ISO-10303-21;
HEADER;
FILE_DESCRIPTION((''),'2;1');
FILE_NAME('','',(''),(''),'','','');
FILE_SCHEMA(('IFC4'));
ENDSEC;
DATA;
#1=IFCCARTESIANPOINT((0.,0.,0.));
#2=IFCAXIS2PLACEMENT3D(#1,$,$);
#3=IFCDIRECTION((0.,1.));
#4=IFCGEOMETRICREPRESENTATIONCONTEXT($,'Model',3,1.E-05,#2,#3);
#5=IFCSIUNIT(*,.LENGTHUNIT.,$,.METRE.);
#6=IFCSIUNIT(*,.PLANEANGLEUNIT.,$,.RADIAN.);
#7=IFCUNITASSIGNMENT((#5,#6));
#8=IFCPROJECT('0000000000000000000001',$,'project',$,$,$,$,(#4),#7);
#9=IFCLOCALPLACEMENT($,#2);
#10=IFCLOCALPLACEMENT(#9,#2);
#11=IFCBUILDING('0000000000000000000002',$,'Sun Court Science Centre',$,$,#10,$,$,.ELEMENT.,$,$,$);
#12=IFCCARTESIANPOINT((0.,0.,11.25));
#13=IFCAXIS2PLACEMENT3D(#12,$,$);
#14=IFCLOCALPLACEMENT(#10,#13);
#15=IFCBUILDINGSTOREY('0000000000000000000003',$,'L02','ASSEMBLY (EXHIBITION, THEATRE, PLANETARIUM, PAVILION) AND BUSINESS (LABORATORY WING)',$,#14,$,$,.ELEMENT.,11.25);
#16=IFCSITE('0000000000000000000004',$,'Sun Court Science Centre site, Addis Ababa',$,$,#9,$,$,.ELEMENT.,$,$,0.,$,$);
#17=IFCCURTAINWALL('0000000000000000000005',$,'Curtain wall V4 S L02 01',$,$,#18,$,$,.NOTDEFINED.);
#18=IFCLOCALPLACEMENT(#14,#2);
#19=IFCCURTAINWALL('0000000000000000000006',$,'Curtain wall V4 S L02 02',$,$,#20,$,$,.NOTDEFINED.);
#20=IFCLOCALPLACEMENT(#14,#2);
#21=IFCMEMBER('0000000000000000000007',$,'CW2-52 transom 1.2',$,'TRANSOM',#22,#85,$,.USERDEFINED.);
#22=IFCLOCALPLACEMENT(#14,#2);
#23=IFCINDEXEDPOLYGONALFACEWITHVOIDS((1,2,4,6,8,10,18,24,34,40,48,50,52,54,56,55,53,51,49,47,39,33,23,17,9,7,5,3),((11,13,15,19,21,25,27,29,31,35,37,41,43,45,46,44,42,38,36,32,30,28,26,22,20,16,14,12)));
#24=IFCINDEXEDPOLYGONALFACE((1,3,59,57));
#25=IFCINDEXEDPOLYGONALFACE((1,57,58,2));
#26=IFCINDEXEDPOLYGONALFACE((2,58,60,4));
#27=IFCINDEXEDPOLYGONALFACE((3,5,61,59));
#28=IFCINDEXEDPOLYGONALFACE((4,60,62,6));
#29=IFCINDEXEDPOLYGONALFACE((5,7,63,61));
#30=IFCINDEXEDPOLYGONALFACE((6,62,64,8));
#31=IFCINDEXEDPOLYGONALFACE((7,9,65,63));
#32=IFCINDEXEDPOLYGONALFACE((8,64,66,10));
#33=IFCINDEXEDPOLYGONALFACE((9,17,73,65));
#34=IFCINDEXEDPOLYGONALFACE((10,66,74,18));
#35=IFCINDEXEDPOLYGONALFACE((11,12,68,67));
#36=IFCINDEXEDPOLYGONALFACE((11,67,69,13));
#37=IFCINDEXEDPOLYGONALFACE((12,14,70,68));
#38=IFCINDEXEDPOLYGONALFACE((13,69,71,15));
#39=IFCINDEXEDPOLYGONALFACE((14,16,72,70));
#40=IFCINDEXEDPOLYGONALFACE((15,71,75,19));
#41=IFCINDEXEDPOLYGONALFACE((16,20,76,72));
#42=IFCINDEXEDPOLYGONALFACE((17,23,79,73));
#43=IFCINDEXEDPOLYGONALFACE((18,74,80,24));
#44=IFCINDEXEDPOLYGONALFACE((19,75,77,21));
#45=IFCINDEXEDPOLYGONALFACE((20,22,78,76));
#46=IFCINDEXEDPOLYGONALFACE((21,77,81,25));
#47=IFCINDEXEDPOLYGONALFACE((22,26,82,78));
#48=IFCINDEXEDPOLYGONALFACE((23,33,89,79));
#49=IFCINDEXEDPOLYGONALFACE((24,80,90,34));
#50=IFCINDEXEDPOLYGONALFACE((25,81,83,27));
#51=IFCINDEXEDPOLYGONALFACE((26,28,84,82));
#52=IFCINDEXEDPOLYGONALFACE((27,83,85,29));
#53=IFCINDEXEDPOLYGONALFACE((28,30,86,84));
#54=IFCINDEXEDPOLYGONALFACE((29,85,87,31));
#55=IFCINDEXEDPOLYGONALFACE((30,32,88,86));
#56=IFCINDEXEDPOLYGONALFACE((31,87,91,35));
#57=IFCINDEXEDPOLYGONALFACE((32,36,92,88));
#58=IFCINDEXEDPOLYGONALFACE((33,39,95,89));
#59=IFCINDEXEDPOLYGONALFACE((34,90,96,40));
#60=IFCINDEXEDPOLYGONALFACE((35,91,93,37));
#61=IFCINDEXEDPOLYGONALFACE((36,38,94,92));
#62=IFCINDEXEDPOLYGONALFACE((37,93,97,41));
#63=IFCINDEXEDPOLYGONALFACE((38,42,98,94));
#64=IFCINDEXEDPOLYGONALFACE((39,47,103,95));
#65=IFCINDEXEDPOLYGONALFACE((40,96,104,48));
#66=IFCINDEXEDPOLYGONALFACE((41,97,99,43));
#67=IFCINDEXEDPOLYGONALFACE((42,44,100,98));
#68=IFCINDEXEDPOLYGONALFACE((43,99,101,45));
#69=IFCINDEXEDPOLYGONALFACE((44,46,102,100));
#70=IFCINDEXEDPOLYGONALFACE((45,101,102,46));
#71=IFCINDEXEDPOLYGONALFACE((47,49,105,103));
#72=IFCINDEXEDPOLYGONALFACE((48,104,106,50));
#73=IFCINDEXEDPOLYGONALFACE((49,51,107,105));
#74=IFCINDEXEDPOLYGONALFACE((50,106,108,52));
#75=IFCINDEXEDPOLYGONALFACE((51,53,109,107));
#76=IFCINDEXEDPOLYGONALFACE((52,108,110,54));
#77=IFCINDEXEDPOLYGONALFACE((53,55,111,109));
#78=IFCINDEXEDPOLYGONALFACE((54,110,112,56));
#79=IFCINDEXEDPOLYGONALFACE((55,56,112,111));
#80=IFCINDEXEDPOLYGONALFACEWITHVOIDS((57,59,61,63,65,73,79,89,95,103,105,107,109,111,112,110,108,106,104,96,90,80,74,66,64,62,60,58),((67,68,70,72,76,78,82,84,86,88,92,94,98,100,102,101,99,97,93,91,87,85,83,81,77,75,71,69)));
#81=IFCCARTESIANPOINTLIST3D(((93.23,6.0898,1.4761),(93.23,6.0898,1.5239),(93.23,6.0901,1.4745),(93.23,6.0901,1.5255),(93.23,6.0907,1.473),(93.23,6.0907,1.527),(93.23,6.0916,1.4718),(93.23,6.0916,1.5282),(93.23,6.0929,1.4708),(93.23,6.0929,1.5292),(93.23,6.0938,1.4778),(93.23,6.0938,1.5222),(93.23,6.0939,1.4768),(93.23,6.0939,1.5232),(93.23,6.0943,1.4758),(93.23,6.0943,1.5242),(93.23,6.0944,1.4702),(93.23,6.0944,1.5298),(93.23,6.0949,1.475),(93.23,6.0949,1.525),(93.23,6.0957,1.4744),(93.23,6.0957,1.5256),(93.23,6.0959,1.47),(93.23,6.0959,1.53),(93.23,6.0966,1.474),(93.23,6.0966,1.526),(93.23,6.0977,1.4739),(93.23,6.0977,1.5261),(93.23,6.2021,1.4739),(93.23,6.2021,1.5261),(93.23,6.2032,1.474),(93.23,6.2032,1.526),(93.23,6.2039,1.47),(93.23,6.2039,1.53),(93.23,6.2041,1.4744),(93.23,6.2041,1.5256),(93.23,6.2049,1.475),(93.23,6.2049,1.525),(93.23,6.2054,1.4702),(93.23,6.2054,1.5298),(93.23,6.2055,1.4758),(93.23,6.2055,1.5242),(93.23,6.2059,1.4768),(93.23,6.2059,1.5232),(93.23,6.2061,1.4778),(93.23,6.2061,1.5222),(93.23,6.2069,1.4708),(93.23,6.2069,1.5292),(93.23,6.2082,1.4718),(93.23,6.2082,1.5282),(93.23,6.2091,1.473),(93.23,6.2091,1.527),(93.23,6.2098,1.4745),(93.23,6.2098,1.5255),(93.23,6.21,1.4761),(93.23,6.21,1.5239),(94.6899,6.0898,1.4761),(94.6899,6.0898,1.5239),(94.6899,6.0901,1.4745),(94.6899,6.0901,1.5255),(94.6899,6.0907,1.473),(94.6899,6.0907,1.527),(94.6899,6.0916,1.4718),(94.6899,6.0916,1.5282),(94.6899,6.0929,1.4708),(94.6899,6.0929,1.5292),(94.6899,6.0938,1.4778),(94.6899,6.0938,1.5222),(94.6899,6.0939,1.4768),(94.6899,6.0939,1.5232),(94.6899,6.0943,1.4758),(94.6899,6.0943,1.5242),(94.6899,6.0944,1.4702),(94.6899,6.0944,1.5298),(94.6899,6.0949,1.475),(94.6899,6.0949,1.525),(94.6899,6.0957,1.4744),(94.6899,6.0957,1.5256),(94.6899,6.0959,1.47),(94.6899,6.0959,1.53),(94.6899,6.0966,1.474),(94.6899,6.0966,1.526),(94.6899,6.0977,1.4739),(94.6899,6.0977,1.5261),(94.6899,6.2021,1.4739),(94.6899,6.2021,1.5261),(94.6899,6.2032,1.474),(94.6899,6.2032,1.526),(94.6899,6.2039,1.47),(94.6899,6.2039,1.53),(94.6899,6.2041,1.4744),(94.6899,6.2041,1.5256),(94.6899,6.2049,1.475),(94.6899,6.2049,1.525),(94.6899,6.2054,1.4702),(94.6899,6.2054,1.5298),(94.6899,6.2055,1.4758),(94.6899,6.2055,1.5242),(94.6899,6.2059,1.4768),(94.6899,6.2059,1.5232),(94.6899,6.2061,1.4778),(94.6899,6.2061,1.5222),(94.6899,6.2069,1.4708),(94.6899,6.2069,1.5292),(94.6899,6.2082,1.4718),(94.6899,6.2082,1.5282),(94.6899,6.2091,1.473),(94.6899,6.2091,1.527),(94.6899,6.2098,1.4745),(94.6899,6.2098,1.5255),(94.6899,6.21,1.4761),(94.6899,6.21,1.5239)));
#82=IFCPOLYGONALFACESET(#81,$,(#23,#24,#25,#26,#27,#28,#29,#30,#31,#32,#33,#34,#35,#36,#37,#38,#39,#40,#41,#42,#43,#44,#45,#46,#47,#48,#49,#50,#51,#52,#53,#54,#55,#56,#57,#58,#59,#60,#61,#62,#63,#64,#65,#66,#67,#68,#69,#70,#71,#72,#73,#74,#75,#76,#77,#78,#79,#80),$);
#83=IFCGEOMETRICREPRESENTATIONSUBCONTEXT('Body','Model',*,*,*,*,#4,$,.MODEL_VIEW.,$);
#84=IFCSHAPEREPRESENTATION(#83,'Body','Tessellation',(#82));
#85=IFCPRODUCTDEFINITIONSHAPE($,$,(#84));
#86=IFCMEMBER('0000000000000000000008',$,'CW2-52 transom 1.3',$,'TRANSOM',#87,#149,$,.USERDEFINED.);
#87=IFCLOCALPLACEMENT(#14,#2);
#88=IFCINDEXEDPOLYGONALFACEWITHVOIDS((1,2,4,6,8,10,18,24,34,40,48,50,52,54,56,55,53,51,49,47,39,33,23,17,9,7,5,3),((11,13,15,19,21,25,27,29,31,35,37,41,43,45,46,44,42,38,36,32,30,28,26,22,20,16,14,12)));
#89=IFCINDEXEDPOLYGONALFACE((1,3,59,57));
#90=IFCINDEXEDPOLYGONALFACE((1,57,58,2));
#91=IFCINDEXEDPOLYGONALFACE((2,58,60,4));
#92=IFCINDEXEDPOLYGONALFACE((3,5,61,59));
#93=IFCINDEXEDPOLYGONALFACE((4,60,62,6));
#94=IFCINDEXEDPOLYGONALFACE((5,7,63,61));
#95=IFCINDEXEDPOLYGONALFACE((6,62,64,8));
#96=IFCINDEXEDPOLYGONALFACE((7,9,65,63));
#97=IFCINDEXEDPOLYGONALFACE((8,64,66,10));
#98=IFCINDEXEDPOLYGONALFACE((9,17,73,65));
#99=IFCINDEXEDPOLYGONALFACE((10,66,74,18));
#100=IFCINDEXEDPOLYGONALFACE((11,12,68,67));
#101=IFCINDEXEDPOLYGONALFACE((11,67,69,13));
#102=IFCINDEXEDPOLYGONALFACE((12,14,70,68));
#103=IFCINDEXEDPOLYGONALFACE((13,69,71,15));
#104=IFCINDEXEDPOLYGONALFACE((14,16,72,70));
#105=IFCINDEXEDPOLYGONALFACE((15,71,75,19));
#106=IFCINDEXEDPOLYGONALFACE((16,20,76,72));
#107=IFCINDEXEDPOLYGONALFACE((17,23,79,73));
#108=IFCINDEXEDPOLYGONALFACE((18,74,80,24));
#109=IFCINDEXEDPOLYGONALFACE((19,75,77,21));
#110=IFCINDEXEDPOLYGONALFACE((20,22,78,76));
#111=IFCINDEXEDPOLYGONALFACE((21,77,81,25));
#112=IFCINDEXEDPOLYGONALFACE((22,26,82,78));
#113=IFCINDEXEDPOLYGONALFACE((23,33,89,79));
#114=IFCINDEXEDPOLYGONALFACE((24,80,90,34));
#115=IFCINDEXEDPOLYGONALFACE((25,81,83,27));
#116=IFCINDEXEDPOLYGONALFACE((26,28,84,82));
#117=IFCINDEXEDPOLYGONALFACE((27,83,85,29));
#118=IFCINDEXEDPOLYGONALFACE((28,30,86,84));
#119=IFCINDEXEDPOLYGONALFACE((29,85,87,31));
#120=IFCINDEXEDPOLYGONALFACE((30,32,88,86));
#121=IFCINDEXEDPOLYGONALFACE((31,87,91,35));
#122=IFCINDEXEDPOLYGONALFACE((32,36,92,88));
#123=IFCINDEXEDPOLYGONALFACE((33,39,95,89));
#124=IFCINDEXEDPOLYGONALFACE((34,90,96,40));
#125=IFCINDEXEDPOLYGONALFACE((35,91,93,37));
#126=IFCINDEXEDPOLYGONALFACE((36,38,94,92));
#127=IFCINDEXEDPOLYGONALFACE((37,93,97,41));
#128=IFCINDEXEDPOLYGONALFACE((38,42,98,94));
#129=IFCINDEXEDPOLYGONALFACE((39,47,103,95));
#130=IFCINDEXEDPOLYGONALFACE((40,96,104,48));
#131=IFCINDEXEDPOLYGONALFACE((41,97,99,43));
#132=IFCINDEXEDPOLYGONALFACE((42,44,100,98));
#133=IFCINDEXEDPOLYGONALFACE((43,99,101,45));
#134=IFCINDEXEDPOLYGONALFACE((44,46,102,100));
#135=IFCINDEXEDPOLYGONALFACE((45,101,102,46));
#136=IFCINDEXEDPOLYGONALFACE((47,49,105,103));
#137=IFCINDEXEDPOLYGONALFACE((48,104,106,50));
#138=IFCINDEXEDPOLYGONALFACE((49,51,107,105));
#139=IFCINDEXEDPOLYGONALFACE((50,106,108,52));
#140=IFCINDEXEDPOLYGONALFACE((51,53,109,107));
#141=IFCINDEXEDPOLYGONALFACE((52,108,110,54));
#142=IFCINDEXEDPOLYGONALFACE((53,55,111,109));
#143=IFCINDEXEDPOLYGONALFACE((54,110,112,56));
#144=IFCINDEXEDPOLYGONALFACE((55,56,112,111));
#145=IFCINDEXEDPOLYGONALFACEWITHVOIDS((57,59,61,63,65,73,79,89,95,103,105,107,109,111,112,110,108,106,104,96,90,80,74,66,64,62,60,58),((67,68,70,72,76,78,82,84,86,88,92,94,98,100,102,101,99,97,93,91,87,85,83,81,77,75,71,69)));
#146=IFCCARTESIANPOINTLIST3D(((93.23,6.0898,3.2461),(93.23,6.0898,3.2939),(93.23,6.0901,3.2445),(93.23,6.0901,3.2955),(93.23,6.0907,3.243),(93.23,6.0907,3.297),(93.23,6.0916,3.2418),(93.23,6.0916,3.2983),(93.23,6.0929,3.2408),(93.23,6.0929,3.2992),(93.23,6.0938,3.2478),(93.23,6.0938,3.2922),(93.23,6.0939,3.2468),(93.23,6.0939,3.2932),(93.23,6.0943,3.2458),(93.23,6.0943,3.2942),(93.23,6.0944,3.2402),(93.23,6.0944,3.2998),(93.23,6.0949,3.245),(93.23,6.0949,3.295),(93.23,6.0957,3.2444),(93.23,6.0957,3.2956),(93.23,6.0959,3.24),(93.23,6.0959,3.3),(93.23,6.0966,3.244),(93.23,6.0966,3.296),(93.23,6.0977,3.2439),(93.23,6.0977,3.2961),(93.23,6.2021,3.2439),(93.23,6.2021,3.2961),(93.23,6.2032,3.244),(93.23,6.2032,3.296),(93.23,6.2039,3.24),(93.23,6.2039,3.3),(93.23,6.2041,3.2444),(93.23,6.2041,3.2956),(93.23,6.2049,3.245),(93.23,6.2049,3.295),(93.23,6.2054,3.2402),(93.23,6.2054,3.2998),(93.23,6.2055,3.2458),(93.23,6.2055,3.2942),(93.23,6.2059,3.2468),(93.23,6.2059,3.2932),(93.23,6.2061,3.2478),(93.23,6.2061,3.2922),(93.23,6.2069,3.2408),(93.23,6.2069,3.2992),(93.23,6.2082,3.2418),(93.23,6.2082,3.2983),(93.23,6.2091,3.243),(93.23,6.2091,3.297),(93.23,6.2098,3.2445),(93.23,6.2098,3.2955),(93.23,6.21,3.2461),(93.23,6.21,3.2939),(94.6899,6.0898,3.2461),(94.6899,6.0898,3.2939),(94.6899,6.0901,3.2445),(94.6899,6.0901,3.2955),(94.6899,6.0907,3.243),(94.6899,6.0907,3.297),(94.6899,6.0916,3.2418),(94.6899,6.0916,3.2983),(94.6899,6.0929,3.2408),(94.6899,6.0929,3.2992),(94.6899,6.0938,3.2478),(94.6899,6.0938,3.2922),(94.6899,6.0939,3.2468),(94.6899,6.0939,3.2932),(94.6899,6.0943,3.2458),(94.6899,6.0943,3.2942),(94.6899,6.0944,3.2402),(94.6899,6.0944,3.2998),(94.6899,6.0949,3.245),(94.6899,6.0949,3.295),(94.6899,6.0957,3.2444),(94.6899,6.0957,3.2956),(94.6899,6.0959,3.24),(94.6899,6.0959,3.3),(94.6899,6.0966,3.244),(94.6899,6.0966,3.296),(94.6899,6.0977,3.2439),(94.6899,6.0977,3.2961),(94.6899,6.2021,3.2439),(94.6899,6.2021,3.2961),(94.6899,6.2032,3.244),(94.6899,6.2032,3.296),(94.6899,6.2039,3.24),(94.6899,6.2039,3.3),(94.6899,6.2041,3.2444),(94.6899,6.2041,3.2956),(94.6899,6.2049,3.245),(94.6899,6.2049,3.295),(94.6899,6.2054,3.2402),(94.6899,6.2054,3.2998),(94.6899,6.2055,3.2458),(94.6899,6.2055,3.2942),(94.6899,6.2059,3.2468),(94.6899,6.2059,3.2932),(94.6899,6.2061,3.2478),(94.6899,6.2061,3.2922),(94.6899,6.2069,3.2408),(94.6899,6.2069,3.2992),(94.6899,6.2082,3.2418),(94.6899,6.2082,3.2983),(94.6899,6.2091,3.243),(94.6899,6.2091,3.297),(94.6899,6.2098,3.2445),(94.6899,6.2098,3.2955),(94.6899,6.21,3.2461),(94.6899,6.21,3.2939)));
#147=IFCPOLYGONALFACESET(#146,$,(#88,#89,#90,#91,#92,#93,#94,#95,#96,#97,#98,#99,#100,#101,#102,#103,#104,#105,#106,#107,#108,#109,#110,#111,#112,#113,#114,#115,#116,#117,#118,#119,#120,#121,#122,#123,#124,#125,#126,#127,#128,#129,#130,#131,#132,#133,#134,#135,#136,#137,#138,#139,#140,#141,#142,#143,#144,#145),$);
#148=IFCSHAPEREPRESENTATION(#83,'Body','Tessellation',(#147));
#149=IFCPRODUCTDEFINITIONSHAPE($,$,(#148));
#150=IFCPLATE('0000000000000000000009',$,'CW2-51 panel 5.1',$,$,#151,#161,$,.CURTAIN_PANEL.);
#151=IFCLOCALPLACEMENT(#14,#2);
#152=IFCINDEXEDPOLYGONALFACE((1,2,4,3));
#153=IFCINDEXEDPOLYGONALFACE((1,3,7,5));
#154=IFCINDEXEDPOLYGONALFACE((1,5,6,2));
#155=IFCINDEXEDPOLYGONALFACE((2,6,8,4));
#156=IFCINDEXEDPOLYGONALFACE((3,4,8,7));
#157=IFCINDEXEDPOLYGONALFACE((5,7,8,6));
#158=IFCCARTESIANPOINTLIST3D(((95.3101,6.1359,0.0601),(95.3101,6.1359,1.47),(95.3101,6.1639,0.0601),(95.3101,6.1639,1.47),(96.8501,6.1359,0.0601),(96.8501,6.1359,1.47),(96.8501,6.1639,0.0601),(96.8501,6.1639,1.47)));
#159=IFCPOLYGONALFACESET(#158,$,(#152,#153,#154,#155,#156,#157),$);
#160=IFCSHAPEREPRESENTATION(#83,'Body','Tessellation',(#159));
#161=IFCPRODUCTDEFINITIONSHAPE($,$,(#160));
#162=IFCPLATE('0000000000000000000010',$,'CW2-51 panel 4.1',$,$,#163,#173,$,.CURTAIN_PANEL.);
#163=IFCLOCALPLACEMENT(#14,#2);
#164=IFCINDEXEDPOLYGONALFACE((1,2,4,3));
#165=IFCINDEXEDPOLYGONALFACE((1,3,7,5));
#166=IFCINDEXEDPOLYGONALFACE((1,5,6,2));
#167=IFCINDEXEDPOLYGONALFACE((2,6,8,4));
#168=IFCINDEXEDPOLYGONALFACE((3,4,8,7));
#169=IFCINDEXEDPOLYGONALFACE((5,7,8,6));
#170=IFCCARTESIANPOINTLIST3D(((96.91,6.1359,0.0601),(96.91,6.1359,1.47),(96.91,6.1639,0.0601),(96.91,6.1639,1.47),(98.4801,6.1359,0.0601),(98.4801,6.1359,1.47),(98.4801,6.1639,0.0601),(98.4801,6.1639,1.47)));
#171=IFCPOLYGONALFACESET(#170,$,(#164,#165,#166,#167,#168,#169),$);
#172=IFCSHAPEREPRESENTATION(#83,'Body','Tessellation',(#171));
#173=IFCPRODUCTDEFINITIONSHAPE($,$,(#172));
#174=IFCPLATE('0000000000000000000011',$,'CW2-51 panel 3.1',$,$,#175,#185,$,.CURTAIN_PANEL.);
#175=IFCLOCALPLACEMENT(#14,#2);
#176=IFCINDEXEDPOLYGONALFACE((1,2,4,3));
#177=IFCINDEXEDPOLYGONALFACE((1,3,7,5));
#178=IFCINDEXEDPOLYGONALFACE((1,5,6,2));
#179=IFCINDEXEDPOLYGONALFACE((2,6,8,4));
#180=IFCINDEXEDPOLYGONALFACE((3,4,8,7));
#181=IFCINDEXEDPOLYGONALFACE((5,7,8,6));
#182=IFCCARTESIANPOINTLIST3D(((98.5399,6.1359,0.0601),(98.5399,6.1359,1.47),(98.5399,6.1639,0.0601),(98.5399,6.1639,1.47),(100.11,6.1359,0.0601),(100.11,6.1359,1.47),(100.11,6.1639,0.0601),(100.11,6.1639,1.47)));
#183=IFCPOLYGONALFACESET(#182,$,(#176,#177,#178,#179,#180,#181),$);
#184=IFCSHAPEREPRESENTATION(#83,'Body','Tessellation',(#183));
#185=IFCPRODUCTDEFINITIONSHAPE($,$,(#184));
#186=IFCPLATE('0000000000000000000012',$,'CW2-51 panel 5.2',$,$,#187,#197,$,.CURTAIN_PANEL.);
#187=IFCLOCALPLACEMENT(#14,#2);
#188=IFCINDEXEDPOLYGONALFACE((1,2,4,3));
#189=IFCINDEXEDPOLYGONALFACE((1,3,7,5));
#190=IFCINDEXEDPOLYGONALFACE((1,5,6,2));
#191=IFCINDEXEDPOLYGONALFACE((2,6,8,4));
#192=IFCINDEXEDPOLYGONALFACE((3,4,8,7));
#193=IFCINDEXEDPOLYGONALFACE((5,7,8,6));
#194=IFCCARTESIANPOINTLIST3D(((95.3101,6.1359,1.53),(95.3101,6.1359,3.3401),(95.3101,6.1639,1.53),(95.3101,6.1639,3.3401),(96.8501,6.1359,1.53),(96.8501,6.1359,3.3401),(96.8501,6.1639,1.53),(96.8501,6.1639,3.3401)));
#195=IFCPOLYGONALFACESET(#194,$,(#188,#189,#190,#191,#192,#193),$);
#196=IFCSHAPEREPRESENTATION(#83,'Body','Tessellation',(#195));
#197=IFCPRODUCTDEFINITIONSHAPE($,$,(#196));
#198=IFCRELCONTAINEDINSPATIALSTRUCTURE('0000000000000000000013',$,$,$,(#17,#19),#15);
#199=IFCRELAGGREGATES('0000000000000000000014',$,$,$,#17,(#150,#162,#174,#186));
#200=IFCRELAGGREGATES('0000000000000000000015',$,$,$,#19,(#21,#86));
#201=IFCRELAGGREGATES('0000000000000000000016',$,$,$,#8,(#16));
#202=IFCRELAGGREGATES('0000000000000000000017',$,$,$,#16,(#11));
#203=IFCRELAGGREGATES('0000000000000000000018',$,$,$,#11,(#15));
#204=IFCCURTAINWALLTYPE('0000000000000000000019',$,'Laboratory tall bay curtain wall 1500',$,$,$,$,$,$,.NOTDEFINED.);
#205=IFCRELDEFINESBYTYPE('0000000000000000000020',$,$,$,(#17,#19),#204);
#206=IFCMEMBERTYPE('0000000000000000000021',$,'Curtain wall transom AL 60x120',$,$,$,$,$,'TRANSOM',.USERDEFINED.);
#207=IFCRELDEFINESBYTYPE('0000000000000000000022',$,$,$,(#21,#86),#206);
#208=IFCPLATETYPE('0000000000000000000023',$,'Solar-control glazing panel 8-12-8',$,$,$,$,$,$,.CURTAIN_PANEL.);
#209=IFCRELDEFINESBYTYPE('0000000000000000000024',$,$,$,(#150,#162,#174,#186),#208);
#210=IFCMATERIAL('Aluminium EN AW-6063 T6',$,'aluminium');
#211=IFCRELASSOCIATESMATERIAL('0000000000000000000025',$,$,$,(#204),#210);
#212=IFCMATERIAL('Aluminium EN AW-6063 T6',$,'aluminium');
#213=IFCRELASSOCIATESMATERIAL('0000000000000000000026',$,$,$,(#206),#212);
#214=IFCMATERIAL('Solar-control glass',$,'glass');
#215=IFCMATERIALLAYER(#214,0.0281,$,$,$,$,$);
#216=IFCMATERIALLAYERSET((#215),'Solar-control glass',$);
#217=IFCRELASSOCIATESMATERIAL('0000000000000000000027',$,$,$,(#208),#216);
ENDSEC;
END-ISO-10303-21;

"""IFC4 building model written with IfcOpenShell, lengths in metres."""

from ifc_helpers import new_model, si_unit, direction, frame, origin, origin_2d, place, context, subcontext, project, spatial, rectangle, hollow_rectangle, extrude, material, layer, layer_set, material_profile, profile_set, type_object, element, aggregate, save


model = new_model("IFC4")

# Units and contexts
model_context = context("Model", 3, precision=1e-05, world=origin(), true_north=direction((0.0, 1.0)))
body_context = subcontext(model_context, "Body", "Model", "MODEL_VIEW")
ifc_project = project(units=[si_unit("LENGTHUNIT", "METRE"), si_unit("PLANEANGLEUNIT", "RADIAN")], contexts=[model_context])

# Site, building, storey
site_placement = place(None, origin())
site = spatial("IfcSite", under=ifc_project, at=site_placement, Name="Sun Court Science Centre site, Addis Ababa", CompositionType="ELEMENT", RefElevation=0.0)
building_placement = place(site_placement, origin())
building = spatial("IfcBuilding", under=site, at=building_placement, Name="Sun Court Science Centre", CompositionType="ELEMENT")
storey_placement = place(building_placement, frame((0.0, 0.0, 11.25)))
storey = spatial("IfcBuildingStorey", under=building, at=storey_placement, Name="L02", Description="ASSEMBLY (EXHIBITION, THEATRE, PLANETARIUM, PAVILION) AND BUSINESS (LABORATORY WING)", CompositionType="ELEMENT", Elevation=11.25)

# Curtain walls
ifc_material_1 = material(Name="Aluminium EN AW-6063 T6", Category="aluminium")
curtain_wall_type = type_object("IfcCurtainWallType", Name="Laboratory tall bay curtain wall 1500", PredefinedType="NOTDEFINED", material=ifc_material_1)
curtain_wall_1_placement = place(storey_placement, origin())
curtain_wall_1 = element("IfcCurtainWall", 1, at=curtain_wall_1_placement, inside=storey, type_object=curtain_wall_type, Name="Curtain wall V4 S L02 01", PredefinedType="NOTDEFINED")
curtain_wall_2_placement = place(storey_placement, origin())
curtain_wall_2 = element("IfcCurtainWall", 2, at=curtain_wall_2_placement, inside=storey, type_object=curtain_wall_type, Name="Curtain wall V4 S L02 02", PredefinedType="NOTDEFINED")

# Members
ifc_material_2 = material(Name="Aluminium EN AW-6063 T6", Category="aluminium")
ifc_material_profile_1 = material_profile(ifc_material_2, hollow_rectangle(XDim=0.0601, YDim=0.1201, WallThickness=0.0039, InnerFilletRadius=0.0039, OuterFilletRadius=0.0061, at=origin_2d()), Name="AL 60x120x4")
ifc_profile_set_1 = profile_set([ifc_material_profile_1], Name="Aluminium EN AW-6063 T6")
member_type_1 = type_object("IfcMemberType", Name="Curtain wall transom AL 60x120", ElementType="TRANSOM", PredefinedType="USERDEFINED", material=ifc_profile_set_1)
member_1_placement = place(storey_placement, frame((94.6899, 6.1499, 1.5), z_axis=(-1.0, 0.0, 0.0), x_axis=(0.0, 0.0, 1.0)))
member_1 = element("IfcMember", 3, at=member_1_placement, type_object=member_type_1, Name="CW2-52 transom 1.2", ObjectType="TRANSOM", PredefinedType="USERDEFINED", context=body_context, shape_type="SweptSolid", body=[
    extrude(hollow_rectangle(XDim=0.0601, YDim=0.1201, WallThickness=0.0039, InnerFilletRadius=0.0039, OuterFilletRadius=0.0061, at=origin_2d()), origin(), (0.0, 0.0, 1.0), 1.46),
])
member_2_placement = place(storey_placement, frame((94.6899, 6.1499, 3.27), z_axis=(-1.0, 0.0, 0.0), x_axis=(0.0, 0.0, 1.0)))
member_2 = element("IfcMember", 4, at=member_2_placement, type_object=member_type_1, Name="CW2-52 transom 1.3", ObjectType="TRANSOM", PredefinedType="USERDEFINED", context=body_context, shape_type="SweptSolid", body=[
    extrude(hollow_rectangle(XDim=0.0601, YDim=0.1201, WallThickness=0.0039, InnerFilletRadius=0.0039, OuterFilletRadius=0.0061, at=origin_2d()), origin(), (0.0, 0.0, 1.0), 1.46),
])

# Plates
ifc_material_3 = material(Name="Solar-control glass", Category="glass")
ifc_layer_1 = layer(ifc_material_3, 0.0281)
ifc_layer_set_1 = layer_set([ifc_layer_1], Name="Solar-control glass")
plate_type = type_object("IfcPlateType", Name="Solar-control glazing panel 8-12-8", PredefinedType="CURTAIN_PANEL", material=ifc_layer_set_1)
plate_1_placement = place(storey_placement, frame((96.0801, 6.1499, 0.0601), z_axis=(0.0, 0.0, 1.0), x_axis=(-1.0, 0.0, 0.0)))
plate_1 = element("IfcPlate", 5, at=plate_1_placement, type_object=plate_type, Name="CW2-51 panel 5.1", PredefinedType="CURTAIN_PANEL", context=body_context, shape_type="SweptSolid", body=[
    extrude(rectangle(XDim=1.54, YDim=0.0281, at=origin_2d()), origin(), (0.0, 0.0, 1.0), 1.4099),
])
plate_2_placement = place(storey_placement, frame((97.6951, 6.1499, 0.0601), z_axis=(0.0, 0.0, 1.0), x_axis=(-1.0, 0.0, 0.0)))
plate_2 = element("IfcPlate", 6, at=plate_2_placement, type_object=plate_type, Name="CW2-51 panel 4.1", PredefinedType="CURTAIN_PANEL", context=body_context, shape_type="SweptSolid", body=[
    extrude(rectangle(XDim=1.5701, YDim=0.0281, at=origin_2d()), origin(), (0.0, 0.0, 1.0), 1.4099),
])
plate_3_placement = place(storey_placement, frame((99.325, 6.1499, 0.0601), z_axis=(0.0, 0.0, 1.0), x_axis=(-1.0, 0.0, 0.0)))
plate_3 = element("IfcPlate", 7, at=plate_3_placement, type_object=plate_type, Name="CW2-51 panel 3.1", PredefinedType="CURTAIN_PANEL", context=body_context, shape_type="SweptSolid", body=[
    extrude(rectangle(XDim=1.5701, YDim=0.0281, at=origin_2d()), origin(), (0.0, 0.0, 1.0), 1.4099),
])
plate_4_placement = place(storey_placement, frame((96.0801, 6.1499, 1.53), z_axis=(0.0, 0.0, 1.0), x_axis=(-1.0, 0.0, 0.0)))
plate_4 = element("IfcPlate", 8, at=plate_4_placement, type_object=plate_type, Name="CW2-51 panel 5.2", PredefinedType="CURTAIN_PANEL", context=body_context, shape_type="SweptSolid", body=[
    extrude(rectangle(XDim=1.54, YDim=0.0281, at=origin_2d()), origin(), (0.0, 0.0, 1.0), 1.8101),
])
aggregate(curtain_wall_1, [plate_1, plate_2, plate_3, plate_4])
aggregate(curtain_wall_2, [member_1, member_2])

save(model, "model.ifc")
